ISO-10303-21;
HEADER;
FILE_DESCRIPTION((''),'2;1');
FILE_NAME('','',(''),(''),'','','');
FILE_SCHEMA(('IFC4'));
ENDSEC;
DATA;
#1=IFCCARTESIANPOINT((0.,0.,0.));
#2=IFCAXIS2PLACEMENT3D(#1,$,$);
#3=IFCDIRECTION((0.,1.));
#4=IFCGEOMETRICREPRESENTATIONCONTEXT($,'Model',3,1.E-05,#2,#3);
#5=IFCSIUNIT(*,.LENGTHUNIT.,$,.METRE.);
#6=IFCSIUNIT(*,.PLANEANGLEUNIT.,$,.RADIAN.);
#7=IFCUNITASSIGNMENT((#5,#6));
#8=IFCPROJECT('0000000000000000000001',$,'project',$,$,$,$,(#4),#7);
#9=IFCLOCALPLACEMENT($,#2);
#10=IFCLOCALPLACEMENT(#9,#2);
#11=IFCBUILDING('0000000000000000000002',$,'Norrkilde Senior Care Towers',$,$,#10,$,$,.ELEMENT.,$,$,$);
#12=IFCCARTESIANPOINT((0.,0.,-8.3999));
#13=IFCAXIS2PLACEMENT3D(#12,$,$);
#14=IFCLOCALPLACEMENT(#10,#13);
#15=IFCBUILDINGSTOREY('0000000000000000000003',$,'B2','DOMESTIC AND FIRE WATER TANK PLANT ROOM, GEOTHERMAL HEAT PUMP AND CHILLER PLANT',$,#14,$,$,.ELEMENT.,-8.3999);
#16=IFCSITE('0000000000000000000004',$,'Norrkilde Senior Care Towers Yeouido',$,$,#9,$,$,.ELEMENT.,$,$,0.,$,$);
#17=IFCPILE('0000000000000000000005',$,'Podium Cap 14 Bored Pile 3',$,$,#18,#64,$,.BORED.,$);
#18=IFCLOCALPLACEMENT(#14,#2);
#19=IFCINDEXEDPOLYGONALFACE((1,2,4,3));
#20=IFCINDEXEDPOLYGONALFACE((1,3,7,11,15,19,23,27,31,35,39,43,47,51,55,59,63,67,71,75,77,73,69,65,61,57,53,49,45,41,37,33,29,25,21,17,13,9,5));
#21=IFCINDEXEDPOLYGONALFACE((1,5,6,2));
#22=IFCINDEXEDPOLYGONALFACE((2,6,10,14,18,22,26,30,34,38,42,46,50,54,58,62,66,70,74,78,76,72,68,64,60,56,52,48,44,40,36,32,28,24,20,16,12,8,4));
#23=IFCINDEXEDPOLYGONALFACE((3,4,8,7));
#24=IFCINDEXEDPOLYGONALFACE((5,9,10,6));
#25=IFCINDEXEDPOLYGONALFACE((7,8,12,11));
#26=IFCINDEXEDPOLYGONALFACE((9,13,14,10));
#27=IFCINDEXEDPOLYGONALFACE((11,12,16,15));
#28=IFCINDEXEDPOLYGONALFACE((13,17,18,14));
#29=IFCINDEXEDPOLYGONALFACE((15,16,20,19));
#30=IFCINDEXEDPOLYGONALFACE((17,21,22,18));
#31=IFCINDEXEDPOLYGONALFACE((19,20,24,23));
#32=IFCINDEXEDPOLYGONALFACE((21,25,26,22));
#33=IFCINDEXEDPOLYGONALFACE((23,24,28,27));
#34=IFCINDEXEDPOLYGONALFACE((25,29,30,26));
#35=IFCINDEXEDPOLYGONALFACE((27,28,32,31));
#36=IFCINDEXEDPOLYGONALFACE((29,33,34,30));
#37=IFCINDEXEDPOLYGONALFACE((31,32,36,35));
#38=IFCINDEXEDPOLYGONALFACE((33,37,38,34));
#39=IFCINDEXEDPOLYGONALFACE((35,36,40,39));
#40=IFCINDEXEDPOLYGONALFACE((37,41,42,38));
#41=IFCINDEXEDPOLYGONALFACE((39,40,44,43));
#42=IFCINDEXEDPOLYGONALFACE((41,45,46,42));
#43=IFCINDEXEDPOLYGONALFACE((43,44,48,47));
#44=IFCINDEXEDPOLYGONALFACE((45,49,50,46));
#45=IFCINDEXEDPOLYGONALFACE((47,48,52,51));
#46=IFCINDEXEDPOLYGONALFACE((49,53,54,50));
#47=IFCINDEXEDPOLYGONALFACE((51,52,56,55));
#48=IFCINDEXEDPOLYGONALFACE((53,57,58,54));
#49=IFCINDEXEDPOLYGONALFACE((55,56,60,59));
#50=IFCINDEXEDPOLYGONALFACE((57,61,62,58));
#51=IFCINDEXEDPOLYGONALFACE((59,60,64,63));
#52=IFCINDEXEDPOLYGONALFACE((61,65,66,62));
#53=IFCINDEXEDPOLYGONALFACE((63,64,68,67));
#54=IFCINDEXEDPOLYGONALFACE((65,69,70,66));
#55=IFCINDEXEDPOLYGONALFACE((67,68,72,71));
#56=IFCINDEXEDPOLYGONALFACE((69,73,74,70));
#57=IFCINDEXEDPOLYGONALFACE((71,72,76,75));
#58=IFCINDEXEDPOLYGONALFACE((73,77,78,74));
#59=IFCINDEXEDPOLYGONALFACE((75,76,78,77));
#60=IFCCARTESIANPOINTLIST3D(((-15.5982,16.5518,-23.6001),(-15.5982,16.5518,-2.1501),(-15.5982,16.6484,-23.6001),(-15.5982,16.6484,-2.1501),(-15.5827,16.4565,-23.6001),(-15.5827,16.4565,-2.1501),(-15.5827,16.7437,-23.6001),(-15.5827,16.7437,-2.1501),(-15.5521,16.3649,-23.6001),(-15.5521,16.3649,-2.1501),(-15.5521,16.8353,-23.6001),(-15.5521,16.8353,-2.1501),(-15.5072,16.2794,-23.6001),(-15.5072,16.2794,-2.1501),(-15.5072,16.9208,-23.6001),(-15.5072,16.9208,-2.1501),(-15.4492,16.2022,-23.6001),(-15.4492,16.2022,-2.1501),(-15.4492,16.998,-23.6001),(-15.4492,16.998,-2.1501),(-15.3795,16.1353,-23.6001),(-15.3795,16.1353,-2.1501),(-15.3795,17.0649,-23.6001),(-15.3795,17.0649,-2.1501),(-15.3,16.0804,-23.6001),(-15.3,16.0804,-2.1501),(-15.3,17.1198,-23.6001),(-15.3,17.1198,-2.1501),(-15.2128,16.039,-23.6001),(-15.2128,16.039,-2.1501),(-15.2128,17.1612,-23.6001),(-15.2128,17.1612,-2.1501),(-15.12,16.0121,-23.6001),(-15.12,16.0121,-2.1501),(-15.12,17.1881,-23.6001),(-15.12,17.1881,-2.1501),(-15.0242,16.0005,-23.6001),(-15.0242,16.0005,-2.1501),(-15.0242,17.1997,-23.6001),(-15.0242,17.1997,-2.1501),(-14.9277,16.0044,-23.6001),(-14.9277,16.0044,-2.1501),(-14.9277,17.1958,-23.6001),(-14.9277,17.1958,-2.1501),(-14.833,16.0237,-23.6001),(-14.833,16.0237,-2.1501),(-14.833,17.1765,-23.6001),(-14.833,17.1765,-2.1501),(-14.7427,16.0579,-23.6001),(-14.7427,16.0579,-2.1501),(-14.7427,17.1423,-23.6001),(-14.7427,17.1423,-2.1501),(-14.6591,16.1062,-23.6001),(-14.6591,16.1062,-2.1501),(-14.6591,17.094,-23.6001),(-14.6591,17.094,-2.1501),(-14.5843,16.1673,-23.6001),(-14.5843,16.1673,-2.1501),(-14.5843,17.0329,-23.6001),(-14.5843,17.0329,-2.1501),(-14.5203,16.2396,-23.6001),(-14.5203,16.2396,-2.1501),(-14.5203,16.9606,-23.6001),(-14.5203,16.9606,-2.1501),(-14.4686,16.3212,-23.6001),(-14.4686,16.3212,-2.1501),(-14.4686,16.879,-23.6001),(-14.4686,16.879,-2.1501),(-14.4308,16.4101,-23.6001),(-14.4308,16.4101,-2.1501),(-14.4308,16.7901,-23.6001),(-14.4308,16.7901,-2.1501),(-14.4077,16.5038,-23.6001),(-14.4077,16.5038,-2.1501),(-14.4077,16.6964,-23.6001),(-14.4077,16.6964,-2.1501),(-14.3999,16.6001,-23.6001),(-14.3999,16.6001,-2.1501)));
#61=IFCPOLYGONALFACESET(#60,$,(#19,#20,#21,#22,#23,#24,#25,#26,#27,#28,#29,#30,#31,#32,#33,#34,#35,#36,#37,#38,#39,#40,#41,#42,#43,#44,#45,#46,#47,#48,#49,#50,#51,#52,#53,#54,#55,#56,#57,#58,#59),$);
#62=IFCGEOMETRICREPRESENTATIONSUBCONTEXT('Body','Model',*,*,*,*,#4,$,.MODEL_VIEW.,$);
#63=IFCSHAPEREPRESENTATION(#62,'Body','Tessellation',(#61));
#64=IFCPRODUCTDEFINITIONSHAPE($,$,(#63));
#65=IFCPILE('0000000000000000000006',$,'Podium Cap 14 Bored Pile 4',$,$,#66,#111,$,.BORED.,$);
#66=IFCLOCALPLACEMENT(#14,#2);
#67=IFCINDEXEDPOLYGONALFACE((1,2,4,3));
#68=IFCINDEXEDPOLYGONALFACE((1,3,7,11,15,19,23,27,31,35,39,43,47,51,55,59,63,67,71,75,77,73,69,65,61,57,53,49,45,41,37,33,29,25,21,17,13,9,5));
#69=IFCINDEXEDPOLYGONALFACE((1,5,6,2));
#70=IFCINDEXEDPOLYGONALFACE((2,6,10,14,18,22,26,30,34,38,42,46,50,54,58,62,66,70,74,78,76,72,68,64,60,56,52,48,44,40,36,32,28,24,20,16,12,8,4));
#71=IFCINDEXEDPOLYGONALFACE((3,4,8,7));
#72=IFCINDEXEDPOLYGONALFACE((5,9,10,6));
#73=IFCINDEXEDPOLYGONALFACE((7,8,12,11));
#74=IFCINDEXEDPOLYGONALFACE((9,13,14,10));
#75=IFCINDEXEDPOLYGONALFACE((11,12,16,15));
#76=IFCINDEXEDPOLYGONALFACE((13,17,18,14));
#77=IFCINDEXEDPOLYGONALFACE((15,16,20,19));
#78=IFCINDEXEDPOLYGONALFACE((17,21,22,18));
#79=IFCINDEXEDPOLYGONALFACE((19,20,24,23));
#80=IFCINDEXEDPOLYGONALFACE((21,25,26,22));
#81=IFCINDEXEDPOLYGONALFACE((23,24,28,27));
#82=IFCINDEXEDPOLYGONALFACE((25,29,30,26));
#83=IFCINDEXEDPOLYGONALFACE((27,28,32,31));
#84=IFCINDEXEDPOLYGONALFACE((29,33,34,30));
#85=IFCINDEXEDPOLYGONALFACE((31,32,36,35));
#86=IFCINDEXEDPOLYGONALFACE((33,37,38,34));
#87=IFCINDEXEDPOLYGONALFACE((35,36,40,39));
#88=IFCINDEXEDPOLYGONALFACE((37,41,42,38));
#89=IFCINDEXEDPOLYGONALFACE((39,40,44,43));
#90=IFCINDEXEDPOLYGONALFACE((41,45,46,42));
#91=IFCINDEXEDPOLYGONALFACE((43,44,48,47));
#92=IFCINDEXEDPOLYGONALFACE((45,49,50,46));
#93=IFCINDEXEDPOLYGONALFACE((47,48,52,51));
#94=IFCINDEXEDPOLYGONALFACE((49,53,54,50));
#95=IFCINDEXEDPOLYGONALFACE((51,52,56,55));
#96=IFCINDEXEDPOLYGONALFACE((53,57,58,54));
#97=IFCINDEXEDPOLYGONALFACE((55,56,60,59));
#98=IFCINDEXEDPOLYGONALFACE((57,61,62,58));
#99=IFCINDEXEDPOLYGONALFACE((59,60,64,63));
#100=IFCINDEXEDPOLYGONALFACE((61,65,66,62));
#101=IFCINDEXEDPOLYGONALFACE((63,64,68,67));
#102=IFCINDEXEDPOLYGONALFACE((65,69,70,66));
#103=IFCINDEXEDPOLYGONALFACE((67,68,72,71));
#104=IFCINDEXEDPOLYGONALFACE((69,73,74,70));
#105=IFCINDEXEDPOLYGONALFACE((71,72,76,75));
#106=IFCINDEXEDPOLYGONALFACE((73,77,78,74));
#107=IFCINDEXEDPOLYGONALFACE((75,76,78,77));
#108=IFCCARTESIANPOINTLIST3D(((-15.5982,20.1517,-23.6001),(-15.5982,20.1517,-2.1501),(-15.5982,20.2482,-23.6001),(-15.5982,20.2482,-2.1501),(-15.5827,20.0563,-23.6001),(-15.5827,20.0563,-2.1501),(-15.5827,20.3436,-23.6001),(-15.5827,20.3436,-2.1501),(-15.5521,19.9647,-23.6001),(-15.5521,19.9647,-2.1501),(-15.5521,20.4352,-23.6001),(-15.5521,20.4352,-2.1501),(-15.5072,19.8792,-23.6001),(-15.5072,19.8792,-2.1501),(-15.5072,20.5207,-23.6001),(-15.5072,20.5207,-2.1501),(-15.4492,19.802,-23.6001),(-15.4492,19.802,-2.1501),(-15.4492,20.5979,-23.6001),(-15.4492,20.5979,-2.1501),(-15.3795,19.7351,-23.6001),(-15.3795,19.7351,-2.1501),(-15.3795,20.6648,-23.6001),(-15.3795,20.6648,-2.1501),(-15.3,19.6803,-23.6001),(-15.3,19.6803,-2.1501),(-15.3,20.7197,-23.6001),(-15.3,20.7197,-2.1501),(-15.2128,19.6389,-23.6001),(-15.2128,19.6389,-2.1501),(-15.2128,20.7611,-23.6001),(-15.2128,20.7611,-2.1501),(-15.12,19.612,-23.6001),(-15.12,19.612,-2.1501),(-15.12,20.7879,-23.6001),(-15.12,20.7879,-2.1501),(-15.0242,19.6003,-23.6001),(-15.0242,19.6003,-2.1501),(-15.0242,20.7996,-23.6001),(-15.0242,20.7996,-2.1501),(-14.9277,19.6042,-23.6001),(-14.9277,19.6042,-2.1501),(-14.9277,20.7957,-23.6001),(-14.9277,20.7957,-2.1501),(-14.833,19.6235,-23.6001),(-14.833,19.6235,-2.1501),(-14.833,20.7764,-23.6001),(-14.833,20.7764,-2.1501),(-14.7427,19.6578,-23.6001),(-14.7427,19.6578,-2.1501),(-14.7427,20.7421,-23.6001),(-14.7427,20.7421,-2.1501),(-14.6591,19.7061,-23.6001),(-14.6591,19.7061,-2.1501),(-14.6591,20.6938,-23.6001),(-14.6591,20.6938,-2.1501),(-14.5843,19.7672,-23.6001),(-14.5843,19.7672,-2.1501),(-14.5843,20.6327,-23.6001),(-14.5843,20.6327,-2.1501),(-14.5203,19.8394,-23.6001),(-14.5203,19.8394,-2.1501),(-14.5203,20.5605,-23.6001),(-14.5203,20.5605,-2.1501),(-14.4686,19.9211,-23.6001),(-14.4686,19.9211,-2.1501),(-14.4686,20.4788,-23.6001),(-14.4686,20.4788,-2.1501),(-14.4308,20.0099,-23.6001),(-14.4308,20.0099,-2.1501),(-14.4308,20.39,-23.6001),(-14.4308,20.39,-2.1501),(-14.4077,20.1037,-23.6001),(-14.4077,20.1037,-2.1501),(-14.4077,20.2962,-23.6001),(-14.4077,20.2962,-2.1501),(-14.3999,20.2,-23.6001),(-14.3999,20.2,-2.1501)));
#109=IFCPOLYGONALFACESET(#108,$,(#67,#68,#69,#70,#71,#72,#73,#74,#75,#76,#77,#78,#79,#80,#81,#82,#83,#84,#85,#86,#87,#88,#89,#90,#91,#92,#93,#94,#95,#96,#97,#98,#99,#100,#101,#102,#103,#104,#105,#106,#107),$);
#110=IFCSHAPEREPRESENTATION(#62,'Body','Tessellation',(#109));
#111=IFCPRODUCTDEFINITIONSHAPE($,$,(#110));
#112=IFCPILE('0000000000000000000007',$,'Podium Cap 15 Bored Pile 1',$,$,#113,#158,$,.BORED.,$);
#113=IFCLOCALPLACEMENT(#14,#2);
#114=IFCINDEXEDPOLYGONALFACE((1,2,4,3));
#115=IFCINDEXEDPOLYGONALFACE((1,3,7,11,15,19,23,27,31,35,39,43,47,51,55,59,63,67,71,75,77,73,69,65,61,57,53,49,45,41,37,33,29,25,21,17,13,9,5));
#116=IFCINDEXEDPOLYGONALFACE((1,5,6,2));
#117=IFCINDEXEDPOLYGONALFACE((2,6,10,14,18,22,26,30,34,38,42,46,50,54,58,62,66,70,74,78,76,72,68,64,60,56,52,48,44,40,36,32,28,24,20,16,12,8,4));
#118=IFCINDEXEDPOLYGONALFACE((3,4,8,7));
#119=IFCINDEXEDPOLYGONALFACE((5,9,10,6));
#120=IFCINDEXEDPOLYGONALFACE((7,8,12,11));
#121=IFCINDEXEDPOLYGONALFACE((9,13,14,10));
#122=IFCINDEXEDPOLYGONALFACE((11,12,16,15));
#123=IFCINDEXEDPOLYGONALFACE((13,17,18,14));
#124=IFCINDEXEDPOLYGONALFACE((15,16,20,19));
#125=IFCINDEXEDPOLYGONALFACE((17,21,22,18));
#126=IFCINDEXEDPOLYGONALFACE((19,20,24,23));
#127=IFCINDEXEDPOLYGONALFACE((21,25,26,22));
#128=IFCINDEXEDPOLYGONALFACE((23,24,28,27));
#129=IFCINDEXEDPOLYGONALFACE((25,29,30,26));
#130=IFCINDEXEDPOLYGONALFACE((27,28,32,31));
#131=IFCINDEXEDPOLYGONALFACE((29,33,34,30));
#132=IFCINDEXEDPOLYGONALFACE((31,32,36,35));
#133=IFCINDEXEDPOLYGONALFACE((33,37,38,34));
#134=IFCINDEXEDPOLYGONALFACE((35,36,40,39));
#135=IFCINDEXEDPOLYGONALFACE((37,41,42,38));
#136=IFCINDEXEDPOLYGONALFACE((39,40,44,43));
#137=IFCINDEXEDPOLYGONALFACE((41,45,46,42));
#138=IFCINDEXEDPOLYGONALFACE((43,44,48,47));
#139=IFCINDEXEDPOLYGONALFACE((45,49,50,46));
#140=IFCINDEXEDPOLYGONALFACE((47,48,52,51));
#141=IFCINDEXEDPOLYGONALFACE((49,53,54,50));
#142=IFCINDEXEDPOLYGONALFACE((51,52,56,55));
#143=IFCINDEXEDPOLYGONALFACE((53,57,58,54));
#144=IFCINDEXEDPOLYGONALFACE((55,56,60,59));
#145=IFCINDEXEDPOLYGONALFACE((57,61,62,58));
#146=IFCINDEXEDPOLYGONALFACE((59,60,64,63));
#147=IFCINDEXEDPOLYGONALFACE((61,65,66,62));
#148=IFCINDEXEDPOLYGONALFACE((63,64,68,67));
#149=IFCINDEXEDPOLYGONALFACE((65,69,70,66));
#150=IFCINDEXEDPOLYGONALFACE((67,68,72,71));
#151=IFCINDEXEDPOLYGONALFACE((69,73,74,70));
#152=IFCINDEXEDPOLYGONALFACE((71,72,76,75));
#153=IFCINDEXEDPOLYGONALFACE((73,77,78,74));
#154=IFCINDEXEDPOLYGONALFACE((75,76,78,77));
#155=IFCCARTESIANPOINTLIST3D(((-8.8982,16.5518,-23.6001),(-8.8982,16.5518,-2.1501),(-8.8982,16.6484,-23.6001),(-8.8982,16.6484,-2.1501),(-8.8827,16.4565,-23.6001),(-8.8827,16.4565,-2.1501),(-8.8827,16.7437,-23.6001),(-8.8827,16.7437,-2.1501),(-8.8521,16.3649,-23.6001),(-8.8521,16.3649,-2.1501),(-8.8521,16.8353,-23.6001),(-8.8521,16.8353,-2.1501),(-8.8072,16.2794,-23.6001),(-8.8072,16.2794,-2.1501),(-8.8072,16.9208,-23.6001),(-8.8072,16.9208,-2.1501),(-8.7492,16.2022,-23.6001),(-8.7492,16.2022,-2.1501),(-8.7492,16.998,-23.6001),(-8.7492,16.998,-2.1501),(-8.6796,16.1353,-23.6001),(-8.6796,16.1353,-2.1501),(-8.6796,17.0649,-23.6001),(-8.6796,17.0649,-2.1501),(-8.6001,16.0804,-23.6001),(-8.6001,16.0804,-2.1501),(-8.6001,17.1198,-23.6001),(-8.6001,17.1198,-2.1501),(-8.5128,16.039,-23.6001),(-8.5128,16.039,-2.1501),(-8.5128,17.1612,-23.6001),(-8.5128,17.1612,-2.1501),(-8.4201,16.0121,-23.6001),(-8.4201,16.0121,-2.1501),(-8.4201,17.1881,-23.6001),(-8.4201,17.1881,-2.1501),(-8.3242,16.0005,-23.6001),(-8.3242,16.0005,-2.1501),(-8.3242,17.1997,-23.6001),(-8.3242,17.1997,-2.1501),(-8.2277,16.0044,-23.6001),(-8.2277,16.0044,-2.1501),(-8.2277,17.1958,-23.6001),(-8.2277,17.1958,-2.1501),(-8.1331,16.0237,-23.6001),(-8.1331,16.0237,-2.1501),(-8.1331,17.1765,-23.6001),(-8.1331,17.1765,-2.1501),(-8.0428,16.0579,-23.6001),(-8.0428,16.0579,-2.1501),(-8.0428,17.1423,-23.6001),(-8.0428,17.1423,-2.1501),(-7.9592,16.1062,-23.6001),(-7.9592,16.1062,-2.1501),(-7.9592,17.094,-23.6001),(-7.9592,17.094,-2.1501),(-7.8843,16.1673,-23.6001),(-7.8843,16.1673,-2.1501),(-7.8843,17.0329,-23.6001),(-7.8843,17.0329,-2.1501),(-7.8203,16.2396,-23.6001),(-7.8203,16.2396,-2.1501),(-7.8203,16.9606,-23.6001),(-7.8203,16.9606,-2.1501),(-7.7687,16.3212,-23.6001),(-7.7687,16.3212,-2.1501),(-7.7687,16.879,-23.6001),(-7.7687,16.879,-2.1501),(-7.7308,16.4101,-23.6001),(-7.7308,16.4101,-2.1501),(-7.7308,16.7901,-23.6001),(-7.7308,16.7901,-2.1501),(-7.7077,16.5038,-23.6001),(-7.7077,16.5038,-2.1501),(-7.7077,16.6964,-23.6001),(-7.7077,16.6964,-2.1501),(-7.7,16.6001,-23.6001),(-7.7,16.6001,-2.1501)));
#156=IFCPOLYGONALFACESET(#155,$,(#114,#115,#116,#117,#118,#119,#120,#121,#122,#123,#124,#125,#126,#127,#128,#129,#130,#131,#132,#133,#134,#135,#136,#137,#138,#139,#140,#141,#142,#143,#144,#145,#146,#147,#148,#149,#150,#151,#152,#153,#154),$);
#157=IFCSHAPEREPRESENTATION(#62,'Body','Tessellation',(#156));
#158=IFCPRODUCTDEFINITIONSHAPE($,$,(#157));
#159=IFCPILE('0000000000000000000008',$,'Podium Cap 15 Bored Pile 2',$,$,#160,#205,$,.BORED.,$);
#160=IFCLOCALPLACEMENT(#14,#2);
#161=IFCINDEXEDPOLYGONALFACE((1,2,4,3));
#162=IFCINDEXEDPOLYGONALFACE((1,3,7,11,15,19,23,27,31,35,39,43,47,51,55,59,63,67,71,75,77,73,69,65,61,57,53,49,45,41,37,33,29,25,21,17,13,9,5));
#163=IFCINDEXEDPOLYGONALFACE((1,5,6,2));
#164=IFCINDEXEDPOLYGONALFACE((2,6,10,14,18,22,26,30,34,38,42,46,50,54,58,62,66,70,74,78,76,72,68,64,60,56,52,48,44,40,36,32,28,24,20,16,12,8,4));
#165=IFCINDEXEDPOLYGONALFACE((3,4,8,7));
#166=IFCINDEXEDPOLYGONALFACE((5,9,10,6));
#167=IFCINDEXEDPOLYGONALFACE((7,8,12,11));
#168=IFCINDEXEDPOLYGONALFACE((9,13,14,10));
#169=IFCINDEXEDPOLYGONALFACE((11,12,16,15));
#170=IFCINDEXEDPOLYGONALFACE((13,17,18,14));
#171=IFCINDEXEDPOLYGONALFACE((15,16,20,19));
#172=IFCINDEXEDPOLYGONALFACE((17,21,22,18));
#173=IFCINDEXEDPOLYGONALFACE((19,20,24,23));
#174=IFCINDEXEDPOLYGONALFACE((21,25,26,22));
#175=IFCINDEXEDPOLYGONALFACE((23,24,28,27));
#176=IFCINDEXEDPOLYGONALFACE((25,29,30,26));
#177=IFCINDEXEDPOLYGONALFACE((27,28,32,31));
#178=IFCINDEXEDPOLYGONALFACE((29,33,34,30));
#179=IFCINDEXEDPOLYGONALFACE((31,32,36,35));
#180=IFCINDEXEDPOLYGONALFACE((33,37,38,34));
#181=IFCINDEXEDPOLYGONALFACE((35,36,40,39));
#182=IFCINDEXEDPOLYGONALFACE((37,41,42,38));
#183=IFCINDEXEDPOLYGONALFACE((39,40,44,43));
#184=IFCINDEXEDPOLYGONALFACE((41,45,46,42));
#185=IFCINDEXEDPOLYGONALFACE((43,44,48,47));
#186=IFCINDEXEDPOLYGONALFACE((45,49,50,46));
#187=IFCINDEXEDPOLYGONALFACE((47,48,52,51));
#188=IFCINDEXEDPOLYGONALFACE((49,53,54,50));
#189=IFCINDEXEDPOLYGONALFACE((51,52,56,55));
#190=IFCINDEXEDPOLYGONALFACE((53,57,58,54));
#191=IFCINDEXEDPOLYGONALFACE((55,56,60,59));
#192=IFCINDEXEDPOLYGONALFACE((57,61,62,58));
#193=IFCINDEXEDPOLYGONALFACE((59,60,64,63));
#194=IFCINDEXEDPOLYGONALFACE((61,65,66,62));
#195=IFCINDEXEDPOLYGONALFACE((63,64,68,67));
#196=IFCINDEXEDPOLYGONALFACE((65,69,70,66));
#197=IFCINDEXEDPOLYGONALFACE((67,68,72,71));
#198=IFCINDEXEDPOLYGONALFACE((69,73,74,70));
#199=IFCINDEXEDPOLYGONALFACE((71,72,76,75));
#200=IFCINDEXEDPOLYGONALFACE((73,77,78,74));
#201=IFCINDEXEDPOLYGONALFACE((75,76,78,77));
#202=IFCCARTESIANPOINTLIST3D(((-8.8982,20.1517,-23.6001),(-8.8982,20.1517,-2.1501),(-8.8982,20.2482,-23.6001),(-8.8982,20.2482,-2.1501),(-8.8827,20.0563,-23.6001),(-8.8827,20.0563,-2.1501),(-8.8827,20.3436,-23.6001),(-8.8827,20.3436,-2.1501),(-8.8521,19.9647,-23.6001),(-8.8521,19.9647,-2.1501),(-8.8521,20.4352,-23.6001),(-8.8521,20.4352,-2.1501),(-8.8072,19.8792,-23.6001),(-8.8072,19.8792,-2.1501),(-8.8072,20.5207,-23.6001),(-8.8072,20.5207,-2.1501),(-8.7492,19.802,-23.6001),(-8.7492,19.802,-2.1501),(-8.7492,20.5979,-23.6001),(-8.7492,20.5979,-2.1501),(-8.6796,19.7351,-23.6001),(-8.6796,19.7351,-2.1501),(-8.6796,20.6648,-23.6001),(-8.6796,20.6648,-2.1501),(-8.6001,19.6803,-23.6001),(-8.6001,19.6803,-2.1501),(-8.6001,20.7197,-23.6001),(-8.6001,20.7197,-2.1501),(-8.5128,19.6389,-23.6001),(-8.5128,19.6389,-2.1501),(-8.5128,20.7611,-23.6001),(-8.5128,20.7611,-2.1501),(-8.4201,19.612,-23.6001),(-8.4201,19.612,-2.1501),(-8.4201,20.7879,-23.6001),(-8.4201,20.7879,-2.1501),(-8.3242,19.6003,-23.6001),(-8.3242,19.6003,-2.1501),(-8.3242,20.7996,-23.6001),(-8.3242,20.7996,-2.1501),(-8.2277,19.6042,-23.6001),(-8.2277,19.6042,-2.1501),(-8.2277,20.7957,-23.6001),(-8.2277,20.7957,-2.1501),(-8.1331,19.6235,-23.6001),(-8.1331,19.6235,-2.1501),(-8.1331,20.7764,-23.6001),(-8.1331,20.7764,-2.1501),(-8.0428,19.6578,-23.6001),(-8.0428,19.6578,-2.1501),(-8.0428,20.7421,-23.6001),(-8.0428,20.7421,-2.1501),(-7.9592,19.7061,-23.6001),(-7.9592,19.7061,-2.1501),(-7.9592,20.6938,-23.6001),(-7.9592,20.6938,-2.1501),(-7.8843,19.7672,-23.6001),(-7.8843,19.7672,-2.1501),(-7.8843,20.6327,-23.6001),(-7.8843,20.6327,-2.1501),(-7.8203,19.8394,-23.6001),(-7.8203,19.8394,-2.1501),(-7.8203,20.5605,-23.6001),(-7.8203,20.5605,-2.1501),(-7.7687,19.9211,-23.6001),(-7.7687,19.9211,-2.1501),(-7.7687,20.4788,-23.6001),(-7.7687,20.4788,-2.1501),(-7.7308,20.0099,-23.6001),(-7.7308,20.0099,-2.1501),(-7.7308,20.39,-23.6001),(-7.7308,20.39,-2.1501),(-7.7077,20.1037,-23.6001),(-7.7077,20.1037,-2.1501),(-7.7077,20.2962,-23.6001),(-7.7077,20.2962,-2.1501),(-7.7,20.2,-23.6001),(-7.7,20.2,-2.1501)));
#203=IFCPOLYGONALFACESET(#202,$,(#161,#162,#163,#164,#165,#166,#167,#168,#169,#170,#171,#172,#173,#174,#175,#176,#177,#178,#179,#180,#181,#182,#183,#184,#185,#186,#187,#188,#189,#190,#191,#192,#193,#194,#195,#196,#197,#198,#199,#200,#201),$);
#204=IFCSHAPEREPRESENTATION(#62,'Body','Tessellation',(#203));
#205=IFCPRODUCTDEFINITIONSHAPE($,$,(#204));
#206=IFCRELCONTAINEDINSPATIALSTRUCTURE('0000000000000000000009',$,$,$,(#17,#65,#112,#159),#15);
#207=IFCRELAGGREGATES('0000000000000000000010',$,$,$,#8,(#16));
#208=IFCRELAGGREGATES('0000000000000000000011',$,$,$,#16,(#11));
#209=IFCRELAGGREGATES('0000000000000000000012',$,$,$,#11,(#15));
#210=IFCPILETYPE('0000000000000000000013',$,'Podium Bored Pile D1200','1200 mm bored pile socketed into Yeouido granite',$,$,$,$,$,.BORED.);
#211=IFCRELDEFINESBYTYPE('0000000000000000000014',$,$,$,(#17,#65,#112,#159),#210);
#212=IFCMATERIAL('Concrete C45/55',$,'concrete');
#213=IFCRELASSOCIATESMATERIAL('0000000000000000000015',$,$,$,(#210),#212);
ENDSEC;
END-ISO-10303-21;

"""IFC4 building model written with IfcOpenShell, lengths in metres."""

from ifc_helpers import new_model, si_unit, direction, frame, origin, origin_2d, place, context, subcontext, project, spatial, circle, extrude, source, transform, mapped, material, material_profile, profile_set, type_object, element, save


model = new_model("IFC4")

# Units and contexts
model_context = context("Model", 3, precision=1e-05, world=origin(), true_north=direction((0.0, 1.0)))
body_context = subcontext(model_context, "Body", "Model", "MODEL_VIEW")
ifc_project = project(units=[si_unit("LENGTHUNIT", "METRE"), si_unit("PLANEANGLEUNIT", "RADIAN")], contexts=[model_context])

# Site, building, storey
site_placement = place(None, origin())
site = spatial("IfcSite", under=ifc_project, at=site_placement, Name="Norrkilde Senior Care Towers Yeouido", CompositionType="ELEMENT", RefElevation=0.0)
building_placement = place(site_placement, origin())
building = spatial("IfcBuilding", under=site, at=building_placement, Name="Norrkilde Senior Care Towers", CompositionType="ELEMENT")
storey_placement = place(building_placement, frame((0.0, 0.0, -8.3999)))
storey = spatial("IfcBuildingStorey", under=building, at=storey_placement, Name="B2", Description="DOMESTIC AND FIRE WATER TANK PLANT ROOM, GEOTHERMAL HEAT PUMP AND CHILLER PLANT", CompositionType="ELEMENT", Elevation=-8.3999)

# Piles
ifc_material_1 = material(Name="Concrete C45/55", Category="concrete")
ifc_material_profile_1 = material_profile(ifc_material_1, circle(Radius=0.6001, at=origin_2d()), Name="BORED PILE 1200")
ifc_profile_set_1 = profile_set([ifc_material_profile_1], Name="Concrete C45/55")
pile_type_1 = type_object("IfcPileType", Name="Podium Bored Pile D1200", Description="1200 mm bored pile socketed into Yeouido granite", PredefinedType="BORED", material=ifc_profile_set_1)
shared_shape_1 = source(origin(), body_context, "Body", "SweptSolid", [
    extrude(circle(Radius=0.6001, at=origin_2d()), origin(), (0.0, 0.0, 1.0), 21.45),
])
for number, where, z_axis, x_axis, name in (
    (1, (-15.0, 16.6001, -2.1501), (0.0, 0.0, -1.0), (1.0, 0.0, 0.0), "Podium Cap 14 Bored Pile 3"),
    (2, (-15.0, 20.2, -2.1501), (0.0, 0.0, -1.0), (1.0, 0.0, 0.0), "Podium Cap 14 Bored Pile 4"),
    (3, (-8.3, 16.6001, -2.1501), (0.0, 0.0, -1.0), (1.0, 0.0, 0.0), "Podium Cap 15 Bored Pile 1"),
    (4, (-8.3, 20.2, -2.1501), (0.0, 0.0, -1.0), (1.0, 0.0, 0.0), "Podium Cap 15 Bored Pile 2"),
):
    element("IfcPile", number, at=place(storey_placement, frame(where, z_axis=z_axis, x_axis=x_axis)), inside=storey, type_object=pile_type_1, Name=name, PredefinedType="BORED", context=body_context, shape_type="MappedRepresentation", body=[
        mapped(shared_shape_1, transform((0.0, 0.0, 0.0), x_axis=(1.0, 0.0, 0.0), y_axis=(0.0, 1.0, 0.0), z_axis=(0.0, 0.0, 1.0), scale=1.0)),
    ])

save(model, "model.ifc")
